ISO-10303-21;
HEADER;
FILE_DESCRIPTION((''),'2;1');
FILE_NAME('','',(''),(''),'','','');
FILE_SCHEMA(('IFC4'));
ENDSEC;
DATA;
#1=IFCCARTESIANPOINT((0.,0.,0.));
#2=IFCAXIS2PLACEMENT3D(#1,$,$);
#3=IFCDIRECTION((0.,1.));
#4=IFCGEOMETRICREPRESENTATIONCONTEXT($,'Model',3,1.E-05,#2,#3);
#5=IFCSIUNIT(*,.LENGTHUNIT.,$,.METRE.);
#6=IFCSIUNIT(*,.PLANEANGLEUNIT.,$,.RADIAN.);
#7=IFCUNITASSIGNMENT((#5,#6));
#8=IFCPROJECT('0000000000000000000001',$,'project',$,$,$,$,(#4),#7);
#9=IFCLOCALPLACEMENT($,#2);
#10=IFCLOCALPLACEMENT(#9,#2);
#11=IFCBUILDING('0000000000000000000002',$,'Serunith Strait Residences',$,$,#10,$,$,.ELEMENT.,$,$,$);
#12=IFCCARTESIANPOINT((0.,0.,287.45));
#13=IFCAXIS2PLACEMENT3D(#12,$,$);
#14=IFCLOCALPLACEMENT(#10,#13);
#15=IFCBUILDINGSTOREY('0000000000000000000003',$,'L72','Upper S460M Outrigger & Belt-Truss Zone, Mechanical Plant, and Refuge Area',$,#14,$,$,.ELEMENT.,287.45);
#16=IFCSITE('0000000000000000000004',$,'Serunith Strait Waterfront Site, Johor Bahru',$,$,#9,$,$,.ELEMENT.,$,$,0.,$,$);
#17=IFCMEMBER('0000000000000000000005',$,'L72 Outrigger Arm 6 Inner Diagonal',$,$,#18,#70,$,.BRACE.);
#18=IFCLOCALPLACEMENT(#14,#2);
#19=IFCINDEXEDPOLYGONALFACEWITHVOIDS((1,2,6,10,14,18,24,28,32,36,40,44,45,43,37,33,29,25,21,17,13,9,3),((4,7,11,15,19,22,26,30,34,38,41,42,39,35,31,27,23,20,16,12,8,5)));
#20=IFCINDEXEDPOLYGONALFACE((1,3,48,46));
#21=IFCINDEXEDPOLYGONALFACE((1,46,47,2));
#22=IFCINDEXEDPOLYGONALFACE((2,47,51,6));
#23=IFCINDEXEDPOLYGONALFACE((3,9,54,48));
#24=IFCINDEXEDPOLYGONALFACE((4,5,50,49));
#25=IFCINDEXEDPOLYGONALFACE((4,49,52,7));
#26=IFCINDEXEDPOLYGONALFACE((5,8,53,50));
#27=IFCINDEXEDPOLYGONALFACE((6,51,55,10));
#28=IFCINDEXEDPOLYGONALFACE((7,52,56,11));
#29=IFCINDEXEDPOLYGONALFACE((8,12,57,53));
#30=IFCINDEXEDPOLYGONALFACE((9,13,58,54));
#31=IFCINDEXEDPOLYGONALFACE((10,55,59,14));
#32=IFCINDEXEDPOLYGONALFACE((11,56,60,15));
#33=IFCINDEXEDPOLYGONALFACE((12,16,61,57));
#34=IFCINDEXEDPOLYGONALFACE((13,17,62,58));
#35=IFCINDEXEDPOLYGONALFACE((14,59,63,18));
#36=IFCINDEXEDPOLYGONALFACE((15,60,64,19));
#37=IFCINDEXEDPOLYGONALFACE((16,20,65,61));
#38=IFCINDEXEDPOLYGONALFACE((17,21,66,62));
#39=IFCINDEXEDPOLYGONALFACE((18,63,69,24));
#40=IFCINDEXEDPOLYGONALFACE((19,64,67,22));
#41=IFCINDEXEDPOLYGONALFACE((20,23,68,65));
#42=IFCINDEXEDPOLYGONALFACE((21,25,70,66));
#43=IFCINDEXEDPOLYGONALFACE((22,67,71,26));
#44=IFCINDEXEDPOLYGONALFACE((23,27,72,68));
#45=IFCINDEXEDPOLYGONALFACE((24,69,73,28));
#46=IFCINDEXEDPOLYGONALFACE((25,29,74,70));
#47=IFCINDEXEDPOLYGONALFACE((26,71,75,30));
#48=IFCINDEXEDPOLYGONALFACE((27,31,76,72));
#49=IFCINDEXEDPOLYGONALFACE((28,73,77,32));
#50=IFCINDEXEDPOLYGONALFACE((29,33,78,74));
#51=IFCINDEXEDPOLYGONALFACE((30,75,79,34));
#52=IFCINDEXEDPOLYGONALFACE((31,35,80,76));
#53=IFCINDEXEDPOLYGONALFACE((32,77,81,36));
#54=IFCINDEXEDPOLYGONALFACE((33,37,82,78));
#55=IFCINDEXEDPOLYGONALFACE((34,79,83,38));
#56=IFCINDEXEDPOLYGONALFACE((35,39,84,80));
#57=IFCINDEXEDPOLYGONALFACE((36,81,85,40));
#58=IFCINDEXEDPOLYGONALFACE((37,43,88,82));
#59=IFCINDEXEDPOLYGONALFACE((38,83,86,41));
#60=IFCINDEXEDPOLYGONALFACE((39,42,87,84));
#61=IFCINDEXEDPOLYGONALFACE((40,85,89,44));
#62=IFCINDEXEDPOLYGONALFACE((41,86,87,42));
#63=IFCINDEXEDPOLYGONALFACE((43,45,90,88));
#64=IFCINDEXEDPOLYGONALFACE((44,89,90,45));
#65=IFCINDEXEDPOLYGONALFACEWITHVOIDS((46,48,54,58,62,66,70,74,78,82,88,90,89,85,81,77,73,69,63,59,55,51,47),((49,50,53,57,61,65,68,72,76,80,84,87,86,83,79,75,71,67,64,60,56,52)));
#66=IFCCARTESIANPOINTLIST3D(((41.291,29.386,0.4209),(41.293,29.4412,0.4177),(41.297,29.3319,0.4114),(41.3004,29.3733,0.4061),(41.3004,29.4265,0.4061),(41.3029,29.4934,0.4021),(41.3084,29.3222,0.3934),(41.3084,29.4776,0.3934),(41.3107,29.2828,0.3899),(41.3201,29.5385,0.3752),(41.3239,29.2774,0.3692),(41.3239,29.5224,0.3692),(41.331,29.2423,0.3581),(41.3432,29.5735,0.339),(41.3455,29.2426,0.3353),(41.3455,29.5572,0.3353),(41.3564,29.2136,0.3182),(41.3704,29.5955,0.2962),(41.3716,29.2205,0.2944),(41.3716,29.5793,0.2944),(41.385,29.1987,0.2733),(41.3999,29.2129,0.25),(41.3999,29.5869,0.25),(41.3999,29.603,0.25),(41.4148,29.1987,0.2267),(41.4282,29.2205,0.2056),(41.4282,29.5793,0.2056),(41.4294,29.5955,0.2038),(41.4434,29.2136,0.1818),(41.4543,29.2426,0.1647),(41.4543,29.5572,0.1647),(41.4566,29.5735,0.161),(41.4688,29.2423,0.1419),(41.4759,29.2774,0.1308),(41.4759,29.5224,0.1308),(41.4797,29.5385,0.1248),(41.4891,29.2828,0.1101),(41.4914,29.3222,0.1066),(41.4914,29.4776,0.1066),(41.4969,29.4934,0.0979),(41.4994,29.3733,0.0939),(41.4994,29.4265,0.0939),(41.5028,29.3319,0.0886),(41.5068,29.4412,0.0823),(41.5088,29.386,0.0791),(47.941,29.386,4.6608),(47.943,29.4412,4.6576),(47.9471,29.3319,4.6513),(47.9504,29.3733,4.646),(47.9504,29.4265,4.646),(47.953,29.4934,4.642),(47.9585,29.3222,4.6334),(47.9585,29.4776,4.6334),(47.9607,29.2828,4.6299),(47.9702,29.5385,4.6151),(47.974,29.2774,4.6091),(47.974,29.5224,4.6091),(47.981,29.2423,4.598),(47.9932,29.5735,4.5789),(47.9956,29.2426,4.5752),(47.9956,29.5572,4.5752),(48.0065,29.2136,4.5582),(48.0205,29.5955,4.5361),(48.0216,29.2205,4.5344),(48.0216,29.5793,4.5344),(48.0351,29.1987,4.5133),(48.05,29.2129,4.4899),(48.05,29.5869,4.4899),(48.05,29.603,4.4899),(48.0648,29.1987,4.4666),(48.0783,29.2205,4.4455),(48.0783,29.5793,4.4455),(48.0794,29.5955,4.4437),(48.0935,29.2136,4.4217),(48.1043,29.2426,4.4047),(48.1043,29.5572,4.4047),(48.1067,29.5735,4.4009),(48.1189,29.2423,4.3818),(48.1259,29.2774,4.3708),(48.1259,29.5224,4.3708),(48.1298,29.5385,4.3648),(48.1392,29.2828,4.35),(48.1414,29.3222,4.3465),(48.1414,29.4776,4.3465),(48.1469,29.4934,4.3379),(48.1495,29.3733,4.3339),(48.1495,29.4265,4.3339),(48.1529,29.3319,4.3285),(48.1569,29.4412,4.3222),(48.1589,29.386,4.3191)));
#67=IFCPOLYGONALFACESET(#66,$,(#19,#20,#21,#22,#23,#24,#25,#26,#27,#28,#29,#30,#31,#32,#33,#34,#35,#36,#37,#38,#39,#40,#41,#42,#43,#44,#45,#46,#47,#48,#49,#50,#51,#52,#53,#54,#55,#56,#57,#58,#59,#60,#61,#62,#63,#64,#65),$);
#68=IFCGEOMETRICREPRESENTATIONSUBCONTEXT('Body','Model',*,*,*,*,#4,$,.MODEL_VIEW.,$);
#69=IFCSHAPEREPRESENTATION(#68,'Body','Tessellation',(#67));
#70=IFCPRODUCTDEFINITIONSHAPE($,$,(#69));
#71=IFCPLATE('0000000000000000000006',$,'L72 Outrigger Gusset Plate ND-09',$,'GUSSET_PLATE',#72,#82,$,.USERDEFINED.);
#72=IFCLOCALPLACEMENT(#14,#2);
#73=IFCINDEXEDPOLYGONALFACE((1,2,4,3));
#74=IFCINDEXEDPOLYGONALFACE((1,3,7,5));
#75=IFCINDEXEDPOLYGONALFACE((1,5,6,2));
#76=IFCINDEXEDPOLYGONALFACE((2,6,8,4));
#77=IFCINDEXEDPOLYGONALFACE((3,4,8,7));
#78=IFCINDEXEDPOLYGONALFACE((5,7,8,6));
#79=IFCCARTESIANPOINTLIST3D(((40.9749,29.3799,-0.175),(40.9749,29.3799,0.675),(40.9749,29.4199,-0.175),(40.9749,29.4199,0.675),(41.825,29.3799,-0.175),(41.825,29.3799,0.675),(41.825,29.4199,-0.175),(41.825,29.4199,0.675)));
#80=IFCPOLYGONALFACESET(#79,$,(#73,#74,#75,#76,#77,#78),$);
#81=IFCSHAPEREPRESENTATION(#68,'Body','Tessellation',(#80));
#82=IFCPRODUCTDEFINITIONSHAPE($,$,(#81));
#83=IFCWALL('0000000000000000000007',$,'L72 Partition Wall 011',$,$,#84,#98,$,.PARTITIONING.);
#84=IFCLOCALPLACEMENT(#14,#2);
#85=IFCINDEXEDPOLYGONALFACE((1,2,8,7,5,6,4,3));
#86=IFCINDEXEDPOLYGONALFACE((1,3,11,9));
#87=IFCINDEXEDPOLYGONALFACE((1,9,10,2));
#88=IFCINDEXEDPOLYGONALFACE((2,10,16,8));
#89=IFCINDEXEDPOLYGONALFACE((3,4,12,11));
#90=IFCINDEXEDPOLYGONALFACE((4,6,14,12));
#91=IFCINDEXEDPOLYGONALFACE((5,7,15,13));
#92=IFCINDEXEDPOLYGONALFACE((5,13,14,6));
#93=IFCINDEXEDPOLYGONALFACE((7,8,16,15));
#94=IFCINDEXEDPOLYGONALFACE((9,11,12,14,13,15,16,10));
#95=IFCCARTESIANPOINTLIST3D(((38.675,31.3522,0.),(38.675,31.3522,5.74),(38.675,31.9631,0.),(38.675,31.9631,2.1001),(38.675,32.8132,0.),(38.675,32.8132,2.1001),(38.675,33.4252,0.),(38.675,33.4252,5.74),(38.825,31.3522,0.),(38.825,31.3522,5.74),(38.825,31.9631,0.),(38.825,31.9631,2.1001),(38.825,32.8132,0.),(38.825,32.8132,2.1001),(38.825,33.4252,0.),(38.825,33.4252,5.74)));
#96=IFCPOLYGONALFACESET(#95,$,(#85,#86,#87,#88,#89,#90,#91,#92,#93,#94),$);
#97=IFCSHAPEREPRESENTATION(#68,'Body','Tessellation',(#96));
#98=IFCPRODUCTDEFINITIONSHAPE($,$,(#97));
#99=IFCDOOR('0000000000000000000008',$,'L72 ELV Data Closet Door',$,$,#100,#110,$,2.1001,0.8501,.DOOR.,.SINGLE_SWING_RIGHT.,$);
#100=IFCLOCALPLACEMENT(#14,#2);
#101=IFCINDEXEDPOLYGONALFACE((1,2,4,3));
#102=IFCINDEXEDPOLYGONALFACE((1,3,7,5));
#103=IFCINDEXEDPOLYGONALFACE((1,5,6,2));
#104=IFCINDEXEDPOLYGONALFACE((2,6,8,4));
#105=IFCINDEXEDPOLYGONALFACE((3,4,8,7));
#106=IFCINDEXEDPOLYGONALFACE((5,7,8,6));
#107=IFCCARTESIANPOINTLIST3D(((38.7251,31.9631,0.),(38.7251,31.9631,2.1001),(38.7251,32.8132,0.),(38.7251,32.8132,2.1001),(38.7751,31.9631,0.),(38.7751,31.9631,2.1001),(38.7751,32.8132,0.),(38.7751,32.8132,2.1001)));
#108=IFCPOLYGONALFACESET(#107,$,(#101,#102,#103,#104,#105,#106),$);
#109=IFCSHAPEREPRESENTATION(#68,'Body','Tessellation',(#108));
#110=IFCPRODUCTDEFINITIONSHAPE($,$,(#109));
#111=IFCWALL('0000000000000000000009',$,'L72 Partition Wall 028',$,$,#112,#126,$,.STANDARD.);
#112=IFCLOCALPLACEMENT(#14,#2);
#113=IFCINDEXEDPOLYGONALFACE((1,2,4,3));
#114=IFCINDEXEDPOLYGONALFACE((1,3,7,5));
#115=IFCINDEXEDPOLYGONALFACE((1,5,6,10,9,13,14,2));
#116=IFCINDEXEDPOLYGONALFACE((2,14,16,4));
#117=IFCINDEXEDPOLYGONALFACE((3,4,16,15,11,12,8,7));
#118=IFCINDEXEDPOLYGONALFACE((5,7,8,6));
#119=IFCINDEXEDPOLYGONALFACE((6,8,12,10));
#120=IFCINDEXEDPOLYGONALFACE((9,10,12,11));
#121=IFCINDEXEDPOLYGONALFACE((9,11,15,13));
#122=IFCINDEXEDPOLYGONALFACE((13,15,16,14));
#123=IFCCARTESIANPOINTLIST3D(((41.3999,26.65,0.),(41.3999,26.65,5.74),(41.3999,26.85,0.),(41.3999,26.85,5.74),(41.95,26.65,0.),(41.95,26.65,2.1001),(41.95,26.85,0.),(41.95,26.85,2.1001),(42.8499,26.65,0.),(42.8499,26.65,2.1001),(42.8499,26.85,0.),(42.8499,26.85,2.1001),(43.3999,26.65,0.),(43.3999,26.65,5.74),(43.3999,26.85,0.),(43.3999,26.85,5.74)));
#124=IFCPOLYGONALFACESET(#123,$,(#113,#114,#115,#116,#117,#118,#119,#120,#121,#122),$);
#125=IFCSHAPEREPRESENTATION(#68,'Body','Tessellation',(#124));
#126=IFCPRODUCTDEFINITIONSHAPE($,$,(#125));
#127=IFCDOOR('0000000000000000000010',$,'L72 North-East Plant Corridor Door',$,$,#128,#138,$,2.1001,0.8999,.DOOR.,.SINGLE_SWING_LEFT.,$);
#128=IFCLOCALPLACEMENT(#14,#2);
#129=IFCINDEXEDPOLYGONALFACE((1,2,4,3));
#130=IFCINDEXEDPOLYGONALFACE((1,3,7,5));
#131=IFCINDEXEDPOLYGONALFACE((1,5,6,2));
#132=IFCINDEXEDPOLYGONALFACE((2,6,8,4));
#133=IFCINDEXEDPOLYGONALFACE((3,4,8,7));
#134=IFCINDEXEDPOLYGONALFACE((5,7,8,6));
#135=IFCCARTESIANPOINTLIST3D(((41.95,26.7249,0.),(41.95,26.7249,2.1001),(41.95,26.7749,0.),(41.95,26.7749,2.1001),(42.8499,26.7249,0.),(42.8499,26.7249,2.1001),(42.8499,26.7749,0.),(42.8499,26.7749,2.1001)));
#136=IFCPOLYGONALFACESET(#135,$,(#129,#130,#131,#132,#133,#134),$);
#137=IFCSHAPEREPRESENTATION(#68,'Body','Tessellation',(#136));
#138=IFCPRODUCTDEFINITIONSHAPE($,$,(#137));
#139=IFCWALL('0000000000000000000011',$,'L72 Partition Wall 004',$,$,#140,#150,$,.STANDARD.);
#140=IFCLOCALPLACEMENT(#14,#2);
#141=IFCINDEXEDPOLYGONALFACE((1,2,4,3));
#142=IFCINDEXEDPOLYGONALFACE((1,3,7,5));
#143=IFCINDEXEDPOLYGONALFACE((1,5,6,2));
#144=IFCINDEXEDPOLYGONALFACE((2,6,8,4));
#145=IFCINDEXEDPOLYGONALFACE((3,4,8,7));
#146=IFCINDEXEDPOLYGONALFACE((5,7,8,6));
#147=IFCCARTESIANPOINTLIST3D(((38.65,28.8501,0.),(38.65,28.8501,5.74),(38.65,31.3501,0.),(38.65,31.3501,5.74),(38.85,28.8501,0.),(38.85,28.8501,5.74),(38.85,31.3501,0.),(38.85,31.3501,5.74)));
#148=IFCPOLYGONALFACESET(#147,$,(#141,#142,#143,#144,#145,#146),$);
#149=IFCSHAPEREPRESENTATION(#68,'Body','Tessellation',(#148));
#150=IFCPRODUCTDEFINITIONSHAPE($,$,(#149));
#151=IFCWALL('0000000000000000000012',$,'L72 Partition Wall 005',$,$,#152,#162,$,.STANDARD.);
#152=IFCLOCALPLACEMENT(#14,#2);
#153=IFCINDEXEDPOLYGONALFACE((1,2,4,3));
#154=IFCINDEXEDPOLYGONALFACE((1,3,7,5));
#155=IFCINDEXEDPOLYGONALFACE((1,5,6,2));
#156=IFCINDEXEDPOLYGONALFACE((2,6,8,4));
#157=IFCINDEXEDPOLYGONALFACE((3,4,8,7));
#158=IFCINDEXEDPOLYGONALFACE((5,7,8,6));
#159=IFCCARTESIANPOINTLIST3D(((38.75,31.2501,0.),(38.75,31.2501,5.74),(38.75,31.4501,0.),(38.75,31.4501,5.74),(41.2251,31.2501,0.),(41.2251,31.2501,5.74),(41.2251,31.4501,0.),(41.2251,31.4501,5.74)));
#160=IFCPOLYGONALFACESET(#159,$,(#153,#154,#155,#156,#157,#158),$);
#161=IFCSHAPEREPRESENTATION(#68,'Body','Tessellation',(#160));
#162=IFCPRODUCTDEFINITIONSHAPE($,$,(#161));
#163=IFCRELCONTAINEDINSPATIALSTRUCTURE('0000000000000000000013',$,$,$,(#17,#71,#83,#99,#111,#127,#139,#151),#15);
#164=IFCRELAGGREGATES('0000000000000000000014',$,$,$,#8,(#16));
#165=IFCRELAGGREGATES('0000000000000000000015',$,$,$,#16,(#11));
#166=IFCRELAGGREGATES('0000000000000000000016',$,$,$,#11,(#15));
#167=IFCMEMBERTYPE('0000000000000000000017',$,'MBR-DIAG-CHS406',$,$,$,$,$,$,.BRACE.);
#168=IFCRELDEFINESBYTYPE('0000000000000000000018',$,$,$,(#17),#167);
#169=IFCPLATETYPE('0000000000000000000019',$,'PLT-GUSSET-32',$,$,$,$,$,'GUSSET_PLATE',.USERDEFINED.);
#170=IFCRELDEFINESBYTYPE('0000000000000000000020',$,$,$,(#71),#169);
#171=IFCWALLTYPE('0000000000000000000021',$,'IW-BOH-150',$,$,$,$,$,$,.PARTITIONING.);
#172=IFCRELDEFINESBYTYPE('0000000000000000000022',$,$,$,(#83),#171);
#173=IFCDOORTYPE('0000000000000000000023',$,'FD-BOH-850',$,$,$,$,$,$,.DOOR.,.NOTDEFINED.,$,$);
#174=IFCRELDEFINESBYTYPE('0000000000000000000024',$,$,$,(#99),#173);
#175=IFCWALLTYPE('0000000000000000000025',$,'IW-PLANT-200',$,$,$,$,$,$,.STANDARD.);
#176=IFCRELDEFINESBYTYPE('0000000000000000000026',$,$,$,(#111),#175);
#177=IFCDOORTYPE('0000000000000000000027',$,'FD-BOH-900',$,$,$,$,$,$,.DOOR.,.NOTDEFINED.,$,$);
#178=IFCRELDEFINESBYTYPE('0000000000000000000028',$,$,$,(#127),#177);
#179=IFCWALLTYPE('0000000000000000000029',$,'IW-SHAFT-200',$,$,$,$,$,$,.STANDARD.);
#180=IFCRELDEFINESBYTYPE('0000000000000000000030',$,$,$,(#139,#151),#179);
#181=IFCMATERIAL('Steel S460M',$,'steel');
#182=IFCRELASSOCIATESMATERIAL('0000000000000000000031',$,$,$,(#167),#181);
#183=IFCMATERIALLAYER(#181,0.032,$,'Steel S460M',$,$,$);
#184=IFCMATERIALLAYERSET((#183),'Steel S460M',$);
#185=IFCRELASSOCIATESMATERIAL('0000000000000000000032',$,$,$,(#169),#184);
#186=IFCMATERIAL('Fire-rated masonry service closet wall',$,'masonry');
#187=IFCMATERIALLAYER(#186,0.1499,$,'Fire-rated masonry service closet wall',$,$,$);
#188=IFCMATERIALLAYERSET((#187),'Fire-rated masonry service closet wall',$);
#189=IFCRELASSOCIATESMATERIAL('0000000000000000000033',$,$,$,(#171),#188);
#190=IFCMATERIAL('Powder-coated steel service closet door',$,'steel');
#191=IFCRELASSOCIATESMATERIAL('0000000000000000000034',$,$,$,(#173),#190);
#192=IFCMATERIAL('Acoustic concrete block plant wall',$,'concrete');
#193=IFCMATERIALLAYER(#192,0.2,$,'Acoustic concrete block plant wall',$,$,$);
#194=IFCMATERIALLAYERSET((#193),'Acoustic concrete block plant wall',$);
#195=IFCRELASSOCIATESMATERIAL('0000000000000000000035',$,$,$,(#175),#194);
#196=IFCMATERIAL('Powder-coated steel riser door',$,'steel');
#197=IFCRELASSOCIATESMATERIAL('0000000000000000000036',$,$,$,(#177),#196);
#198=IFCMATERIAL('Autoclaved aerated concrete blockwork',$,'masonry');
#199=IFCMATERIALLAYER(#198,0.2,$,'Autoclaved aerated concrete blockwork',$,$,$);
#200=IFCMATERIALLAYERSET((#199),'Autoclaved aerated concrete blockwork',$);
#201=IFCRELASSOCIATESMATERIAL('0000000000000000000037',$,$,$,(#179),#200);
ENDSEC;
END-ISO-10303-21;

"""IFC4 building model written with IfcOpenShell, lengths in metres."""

from ifc_helpers import new_model, si_unit, direction, frame, frame_2d, origin, origin_2d, place, context, subcontext, project, spatial, rectangle, hollow_circle, extrude, source, transform, mapped, material, layer, layer_set, material_profile, profile_set, type_object, element, fill, save


model = new_model("IFC4")

# Units and contexts
model_context = context("Model", 3, precision=1e-05, world=origin(), true_north=direction((0.0, 1.0)))
body_context = subcontext(model_context, "Body", "Model", "MODEL_VIEW")
ifc_project = project(units=[si_unit("LENGTHUNIT", "METRE"), si_unit("PLANEANGLEUNIT", "RADIAN")], contexts=[model_context])

# Site, building, storey
site_placement = place(None, origin())
site = spatial("IfcSite", under=ifc_project, at=site_placement, Name="Serunith Strait Waterfront Site, Johor Bahru", CompositionType="ELEMENT", RefElevation=0.0)
building_placement = place(site_placement, origin())
building = spatial("IfcBuilding", under=site, at=building_placement, Name="Serunith Strait Residences", CompositionType="ELEMENT")
storey_placement = place(building_placement, frame((0.0, 0.0, 287.45)))
storey = spatial("IfcBuildingStorey", under=building, at=storey_placement, Name="L72", Description="Upper S460M Outrigger & Belt-Truss Zone, Mechanical Plant, and Refuge Area", CompositionType="ELEMENT", Elevation=287.45)

# Member
ifc_material_1 = material(Name="Steel S460M", Category="steel")
ifc_material_profile_1 = material_profile(ifc_material_1, hollow_circle(Radius=0.2031, WallThickness=0.0161, at=origin_2d()), Name="CHS 406.4x16")
ifc_profile_set_1 = profile_set([ifc_material_profile_1], Name="Steel S460M")
member_type_1 = type_object("IfcMemberType", Name="MBR-DIAG-CHS406", PredefinedType="BRACE", material=ifc_profile_set_1)
shared_shape_1 = source(origin(), body_context, "Body", "SweptSolid", [
    extrude(hollow_circle(Radius=0.2031, WallThickness=0.0161, at=origin_2d()), origin(), (0.0, 0.0, 1.0), 7.8867),
])
member_placement = place(storey_placement, frame((41.3999, 29.3999, 0.25), z_axis=(0.843197, 0.0, 0.537604), x_axis=(0.0, 1.0, 0.0)))
element("IfcMember", 1, at=member_placement, inside=storey, type_object=member_type_1, Name="L72 Outrigger Arm 6 Inner Diagonal", PredefinedType="BRACE", context=body_context, shape_type="MappedRepresentation", body=[
    mapped(shared_shape_1, transform((0.0, 0.0, 0.0), scale=1.0)),
])

# Plate
ifc_layer_1 = layer(ifc_material_1, 0.032, Name="Steel S460M")
ifc_layer_set_1 = layer_set([ifc_layer_1], Name="Steel S460M")
plate_type = type_object("IfcPlateType", Name="PLT-GUSSET-32", ElementType="GUSSET_PLATE", PredefinedType="USERDEFINED", material=ifc_layer_set_1)
shared_shape_2 = source(origin(), body_context, "Body", "SweptSolid", [
    extrude(rectangle(XDim=0.8501, YDim=0.04, at=origin_2d()), origin(), (0.0, 0.0, 1.0), 0.8501),
])
plate_placement = place(storey_placement, frame((41.3999, 29.3999, -0.175), z_axis=(0.0, 0.0, 1.0), x_axis=(1.0, 0.0, 0.0)))
element("IfcPlate", 2, at=plate_placement, inside=storey, type_object=plate_type, Name="L72 Outrigger Gusset Plate ND-09", ObjectType="GUSSET_PLATE", PredefinedType="USERDEFINED", context=body_context, shape_type="MappedRepresentation", body=[
    mapped(shared_shape_2, transform((0.0, 0.0, 0.0), scale=1.0)),
])

# Walls, openings, doors
ifc_material_2 = material(Name="Fire-rated masonry service closet wall", Category="masonry")
ifc_layer_2 = layer(ifc_material_2, 0.1499, Name="Fire-rated masonry service closet wall")
ifc_layer_set_2 = layer_set([ifc_layer_2], Name="Fire-rated masonry service closet wall")
wall_type_1 = type_object("IfcWallType", Name="IW-BOH-150", PredefinedType="PARTITIONING", material=ifc_layer_set_2)
wall_1_placement = place(storey_placement, frame((38.75, 31.3521, 0.0), z_axis=(0.0, 0.0, 1.0), x_axis=(0.0, 1.0, 0.0)))
wall_1 = element("IfcWall", 3, at=wall_1_placement, inside=storey, type_object=wall_type_1, Name="L72 Partition Wall 011", PredefinedType="PARTITIONING", context=body_context, shape_type="SweptSolid", body=[
    extrude(rectangle(XDim=2.073, YDim=0.1499, at=frame_2d((1.0366, 0.0))), origin(), (0.0, 0.0, 1.0), 5.74),
])
opening_1_placement = place(wall_1_placement, frame((0.6111, 0.0, 0.0)))
opening_1 = element("IfcOpeningElement", 4, at=opening_1_placement, cuts=wall_1, PredefinedType="OPENING", context=body_context, shape_type="SweptSolid", body=[
    extrude(rectangle(XDim=0.8501, YDim=2.1001, at=frame_2d((0.425, 1.05))), frame((0.0, 0.085, 0.0), z_axis=(0.0, -1.0, 0.0), x_axis=(1.0, 0.0, 0.0)), (0.0, 0.0, 1.0), 0.1699),
])
ifc_material_3 = material(Name="Powder-coated steel service closet door", Category="steel")
door_type_1 = type_object("IfcDoorType", Name="FD-BOH-850", OperationType="NOTDEFINED", PredefinedType="DOOR", material=ifc_material_3)
shared_shape_3 = source(origin(), body_context, "Body", "SweptSolid", [
    extrude(rectangle(XDim=0.8501, YDim=2.1001, at=frame_2d((0.425, 1.05))), frame((0.0, 0.0249, 0.0), z_axis=(0.0, -1.0, 0.0), x_axis=(1.0, 0.0, 0.0)), (0.0, 0.0, 1.0), 0.05),
])
door_1_placement = place(opening_1_placement, origin())
door_1 = element("IfcDoor", 5, at=door_1_placement, inside=storey, type_object=door_type_1, Name="L72 ELV Data Closet Door", OperationType="SINGLE_SWING_RIGHT", OverallHeight=2.1001, OverallWidth=0.8501, PredefinedType="DOOR", context=body_context, shape_type="MappedRepresentation", body=[
    mapped(shared_shape_3, transform((0.0, 0.0, 0.0), scale=1.0)),
])
fill(opening_1, door_1)
ifc_material_4 = material(Name="Acoustic concrete block plant wall", Category="concrete")
ifc_layer_3 = layer(ifc_material_4, 0.2, Name="Acoustic concrete block plant wall")
ifc_layer_set_3 = layer_set([ifc_layer_3], Name="Acoustic concrete block plant wall")
wall_type_2 = type_object("IfcWallType", Name="IW-PLANT-200", PredefinedType="STANDARD", material=ifc_layer_set_3)
wall_2_placement = place(storey_placement, frame((41.3999, 26.75, 0.0), z_axis=(0.0, 0.0, 1.0), x_axis=(1.0, 0.0, 0.0)))
wall_2 = element("IfcWall", 6, at=wall_2_placement, inside=storey, type_object=wall_type_2, Name="L72 Partition Wall 028", PredefinedType="STANDARD", context=body_context, shape_type="SweptSolid", body=[
    extrude(rectangle(XDim=2.0, YDim=0.2, at=frame_2d((1.0, 0.0))), origin(), (0.0, 0.0, 1.0), 5.74),
])
opening_2_placement = place(wall_2_placement, frame((0.55, 0.0, 0.0)))
opening_2 = element("IfcOpeningElement", 7, at=opening_2_placement, cuts=wall_2, PredefinedType="OPENING", context=body_context, shape_type="SweptSolid", body=[
    extrude(rectangle(XDim=0.8999, YDim=2.1001, at=frame_2d((0.45, 1.05))), frame((0.0, 0.1099, 0.0), z_axis=(0.0, -1.0, 0.0), x_axis=(1.0, 0.0, 0.0)), (0.0, 0.0, 1.0), 0.22),
])
ifc_material_5 = material(Name="Powder-coated steel riser door", Category="steel")
door_type_2 = type_object("IfcDoorType", Name="FD-BOH-900", OperationType="NOTDEFINED", PredefinedType="DOOR", material=ifc_material_5)
shared_shape_4 = source(origin(), body_context, "Body", "SweptSolid", [
    extrude(rectangle(XDim=0.8999, YDim=2.1001, at=frame_2d((0.45, 1.05))), frame((0.0, 0.0249, 0.0), z_axis=(0.0, -1.0, 0.0), x_axis=(1.0, 0.0, 0.0)), (0.0, 0.0, 1.0), 0.05),
])
door_2_placement = place(opening_2_placement, origin())
door_2 = element("IfcDoor", 8, at=door_2_placement, inside=storey, type_object=door_type_2, Name="L72 North-East Plant Corridor Door", OperationType="SINGLE_SWING_LEFT", OverallHeight=2.1001, OverallWidth=0.8999, PredefinedType="DOOR", context=body_context, shape_type="MappedRepresentation", body=[
    mapped(shared_shape_4, transform((0.0, 0.0, 0.0), scale=1.0)),
])
fill(opening_2, door_2)

# Walls
ifc_material_6 = material(Name="Autoclaved aerated concrete blockwork", Category="masonry")
ifc_layer_4 = layer(ifc_material_6, 0.2, Name="Autoclaved aerated concrete blockwork")
ifc_layer_set_4 = layer_set([ifc_layer_4], Name="Autoclaved aerated concrete blockwork")
wall_type_3 = type_object("IfcWallType", Name="IW-SHAFT-200", PredefinedType="STANDARD", material=ifc_layer_set_4)
wall_3_placement = place(storey_placement, frame((38.75, 28.8501, 0.0), z_axis=(0.0, 0.0, 1.0), x_axis=(0.0, 1.0, 0.0)))
element("IfcWall", 9, at=wall_3_placement, inside=storey, type_object=wall_type_3, Name="L72 Partition Wall 004", PredefinedType="STANDARD", context=body_context, shape_type="SweptSolid", body=[
    extrude(rectangle(XDim=2.5, YDim=0.2, at=frame_2d((1.25, 0.0))), origin(), (0.0, 0.0, 1.0), 5.74),
])
wall_4_placement = place(storey_placement, frame((38.75, 31.3501, 0.0), z_axis=(0.0, 0.0, 1.0), x_axis=(1.0, 0.0, 0.0)))
element("IfcWall", 10, at=wall_4_placement, inside=storey, type_object=wall_type_3, Name="L72 Partition Wall 005", PredefinedType="STANDARD", context=body_context, shape_type="SweptSolid", body=[
    extrude(rectangle(XDim=2.4751, YDim=0.2, at=frame_2d((1.2375, 0.0))), origin(), (0.0, 0.0, 1.0), 5.74),
])

save(model, "model.ifc")
